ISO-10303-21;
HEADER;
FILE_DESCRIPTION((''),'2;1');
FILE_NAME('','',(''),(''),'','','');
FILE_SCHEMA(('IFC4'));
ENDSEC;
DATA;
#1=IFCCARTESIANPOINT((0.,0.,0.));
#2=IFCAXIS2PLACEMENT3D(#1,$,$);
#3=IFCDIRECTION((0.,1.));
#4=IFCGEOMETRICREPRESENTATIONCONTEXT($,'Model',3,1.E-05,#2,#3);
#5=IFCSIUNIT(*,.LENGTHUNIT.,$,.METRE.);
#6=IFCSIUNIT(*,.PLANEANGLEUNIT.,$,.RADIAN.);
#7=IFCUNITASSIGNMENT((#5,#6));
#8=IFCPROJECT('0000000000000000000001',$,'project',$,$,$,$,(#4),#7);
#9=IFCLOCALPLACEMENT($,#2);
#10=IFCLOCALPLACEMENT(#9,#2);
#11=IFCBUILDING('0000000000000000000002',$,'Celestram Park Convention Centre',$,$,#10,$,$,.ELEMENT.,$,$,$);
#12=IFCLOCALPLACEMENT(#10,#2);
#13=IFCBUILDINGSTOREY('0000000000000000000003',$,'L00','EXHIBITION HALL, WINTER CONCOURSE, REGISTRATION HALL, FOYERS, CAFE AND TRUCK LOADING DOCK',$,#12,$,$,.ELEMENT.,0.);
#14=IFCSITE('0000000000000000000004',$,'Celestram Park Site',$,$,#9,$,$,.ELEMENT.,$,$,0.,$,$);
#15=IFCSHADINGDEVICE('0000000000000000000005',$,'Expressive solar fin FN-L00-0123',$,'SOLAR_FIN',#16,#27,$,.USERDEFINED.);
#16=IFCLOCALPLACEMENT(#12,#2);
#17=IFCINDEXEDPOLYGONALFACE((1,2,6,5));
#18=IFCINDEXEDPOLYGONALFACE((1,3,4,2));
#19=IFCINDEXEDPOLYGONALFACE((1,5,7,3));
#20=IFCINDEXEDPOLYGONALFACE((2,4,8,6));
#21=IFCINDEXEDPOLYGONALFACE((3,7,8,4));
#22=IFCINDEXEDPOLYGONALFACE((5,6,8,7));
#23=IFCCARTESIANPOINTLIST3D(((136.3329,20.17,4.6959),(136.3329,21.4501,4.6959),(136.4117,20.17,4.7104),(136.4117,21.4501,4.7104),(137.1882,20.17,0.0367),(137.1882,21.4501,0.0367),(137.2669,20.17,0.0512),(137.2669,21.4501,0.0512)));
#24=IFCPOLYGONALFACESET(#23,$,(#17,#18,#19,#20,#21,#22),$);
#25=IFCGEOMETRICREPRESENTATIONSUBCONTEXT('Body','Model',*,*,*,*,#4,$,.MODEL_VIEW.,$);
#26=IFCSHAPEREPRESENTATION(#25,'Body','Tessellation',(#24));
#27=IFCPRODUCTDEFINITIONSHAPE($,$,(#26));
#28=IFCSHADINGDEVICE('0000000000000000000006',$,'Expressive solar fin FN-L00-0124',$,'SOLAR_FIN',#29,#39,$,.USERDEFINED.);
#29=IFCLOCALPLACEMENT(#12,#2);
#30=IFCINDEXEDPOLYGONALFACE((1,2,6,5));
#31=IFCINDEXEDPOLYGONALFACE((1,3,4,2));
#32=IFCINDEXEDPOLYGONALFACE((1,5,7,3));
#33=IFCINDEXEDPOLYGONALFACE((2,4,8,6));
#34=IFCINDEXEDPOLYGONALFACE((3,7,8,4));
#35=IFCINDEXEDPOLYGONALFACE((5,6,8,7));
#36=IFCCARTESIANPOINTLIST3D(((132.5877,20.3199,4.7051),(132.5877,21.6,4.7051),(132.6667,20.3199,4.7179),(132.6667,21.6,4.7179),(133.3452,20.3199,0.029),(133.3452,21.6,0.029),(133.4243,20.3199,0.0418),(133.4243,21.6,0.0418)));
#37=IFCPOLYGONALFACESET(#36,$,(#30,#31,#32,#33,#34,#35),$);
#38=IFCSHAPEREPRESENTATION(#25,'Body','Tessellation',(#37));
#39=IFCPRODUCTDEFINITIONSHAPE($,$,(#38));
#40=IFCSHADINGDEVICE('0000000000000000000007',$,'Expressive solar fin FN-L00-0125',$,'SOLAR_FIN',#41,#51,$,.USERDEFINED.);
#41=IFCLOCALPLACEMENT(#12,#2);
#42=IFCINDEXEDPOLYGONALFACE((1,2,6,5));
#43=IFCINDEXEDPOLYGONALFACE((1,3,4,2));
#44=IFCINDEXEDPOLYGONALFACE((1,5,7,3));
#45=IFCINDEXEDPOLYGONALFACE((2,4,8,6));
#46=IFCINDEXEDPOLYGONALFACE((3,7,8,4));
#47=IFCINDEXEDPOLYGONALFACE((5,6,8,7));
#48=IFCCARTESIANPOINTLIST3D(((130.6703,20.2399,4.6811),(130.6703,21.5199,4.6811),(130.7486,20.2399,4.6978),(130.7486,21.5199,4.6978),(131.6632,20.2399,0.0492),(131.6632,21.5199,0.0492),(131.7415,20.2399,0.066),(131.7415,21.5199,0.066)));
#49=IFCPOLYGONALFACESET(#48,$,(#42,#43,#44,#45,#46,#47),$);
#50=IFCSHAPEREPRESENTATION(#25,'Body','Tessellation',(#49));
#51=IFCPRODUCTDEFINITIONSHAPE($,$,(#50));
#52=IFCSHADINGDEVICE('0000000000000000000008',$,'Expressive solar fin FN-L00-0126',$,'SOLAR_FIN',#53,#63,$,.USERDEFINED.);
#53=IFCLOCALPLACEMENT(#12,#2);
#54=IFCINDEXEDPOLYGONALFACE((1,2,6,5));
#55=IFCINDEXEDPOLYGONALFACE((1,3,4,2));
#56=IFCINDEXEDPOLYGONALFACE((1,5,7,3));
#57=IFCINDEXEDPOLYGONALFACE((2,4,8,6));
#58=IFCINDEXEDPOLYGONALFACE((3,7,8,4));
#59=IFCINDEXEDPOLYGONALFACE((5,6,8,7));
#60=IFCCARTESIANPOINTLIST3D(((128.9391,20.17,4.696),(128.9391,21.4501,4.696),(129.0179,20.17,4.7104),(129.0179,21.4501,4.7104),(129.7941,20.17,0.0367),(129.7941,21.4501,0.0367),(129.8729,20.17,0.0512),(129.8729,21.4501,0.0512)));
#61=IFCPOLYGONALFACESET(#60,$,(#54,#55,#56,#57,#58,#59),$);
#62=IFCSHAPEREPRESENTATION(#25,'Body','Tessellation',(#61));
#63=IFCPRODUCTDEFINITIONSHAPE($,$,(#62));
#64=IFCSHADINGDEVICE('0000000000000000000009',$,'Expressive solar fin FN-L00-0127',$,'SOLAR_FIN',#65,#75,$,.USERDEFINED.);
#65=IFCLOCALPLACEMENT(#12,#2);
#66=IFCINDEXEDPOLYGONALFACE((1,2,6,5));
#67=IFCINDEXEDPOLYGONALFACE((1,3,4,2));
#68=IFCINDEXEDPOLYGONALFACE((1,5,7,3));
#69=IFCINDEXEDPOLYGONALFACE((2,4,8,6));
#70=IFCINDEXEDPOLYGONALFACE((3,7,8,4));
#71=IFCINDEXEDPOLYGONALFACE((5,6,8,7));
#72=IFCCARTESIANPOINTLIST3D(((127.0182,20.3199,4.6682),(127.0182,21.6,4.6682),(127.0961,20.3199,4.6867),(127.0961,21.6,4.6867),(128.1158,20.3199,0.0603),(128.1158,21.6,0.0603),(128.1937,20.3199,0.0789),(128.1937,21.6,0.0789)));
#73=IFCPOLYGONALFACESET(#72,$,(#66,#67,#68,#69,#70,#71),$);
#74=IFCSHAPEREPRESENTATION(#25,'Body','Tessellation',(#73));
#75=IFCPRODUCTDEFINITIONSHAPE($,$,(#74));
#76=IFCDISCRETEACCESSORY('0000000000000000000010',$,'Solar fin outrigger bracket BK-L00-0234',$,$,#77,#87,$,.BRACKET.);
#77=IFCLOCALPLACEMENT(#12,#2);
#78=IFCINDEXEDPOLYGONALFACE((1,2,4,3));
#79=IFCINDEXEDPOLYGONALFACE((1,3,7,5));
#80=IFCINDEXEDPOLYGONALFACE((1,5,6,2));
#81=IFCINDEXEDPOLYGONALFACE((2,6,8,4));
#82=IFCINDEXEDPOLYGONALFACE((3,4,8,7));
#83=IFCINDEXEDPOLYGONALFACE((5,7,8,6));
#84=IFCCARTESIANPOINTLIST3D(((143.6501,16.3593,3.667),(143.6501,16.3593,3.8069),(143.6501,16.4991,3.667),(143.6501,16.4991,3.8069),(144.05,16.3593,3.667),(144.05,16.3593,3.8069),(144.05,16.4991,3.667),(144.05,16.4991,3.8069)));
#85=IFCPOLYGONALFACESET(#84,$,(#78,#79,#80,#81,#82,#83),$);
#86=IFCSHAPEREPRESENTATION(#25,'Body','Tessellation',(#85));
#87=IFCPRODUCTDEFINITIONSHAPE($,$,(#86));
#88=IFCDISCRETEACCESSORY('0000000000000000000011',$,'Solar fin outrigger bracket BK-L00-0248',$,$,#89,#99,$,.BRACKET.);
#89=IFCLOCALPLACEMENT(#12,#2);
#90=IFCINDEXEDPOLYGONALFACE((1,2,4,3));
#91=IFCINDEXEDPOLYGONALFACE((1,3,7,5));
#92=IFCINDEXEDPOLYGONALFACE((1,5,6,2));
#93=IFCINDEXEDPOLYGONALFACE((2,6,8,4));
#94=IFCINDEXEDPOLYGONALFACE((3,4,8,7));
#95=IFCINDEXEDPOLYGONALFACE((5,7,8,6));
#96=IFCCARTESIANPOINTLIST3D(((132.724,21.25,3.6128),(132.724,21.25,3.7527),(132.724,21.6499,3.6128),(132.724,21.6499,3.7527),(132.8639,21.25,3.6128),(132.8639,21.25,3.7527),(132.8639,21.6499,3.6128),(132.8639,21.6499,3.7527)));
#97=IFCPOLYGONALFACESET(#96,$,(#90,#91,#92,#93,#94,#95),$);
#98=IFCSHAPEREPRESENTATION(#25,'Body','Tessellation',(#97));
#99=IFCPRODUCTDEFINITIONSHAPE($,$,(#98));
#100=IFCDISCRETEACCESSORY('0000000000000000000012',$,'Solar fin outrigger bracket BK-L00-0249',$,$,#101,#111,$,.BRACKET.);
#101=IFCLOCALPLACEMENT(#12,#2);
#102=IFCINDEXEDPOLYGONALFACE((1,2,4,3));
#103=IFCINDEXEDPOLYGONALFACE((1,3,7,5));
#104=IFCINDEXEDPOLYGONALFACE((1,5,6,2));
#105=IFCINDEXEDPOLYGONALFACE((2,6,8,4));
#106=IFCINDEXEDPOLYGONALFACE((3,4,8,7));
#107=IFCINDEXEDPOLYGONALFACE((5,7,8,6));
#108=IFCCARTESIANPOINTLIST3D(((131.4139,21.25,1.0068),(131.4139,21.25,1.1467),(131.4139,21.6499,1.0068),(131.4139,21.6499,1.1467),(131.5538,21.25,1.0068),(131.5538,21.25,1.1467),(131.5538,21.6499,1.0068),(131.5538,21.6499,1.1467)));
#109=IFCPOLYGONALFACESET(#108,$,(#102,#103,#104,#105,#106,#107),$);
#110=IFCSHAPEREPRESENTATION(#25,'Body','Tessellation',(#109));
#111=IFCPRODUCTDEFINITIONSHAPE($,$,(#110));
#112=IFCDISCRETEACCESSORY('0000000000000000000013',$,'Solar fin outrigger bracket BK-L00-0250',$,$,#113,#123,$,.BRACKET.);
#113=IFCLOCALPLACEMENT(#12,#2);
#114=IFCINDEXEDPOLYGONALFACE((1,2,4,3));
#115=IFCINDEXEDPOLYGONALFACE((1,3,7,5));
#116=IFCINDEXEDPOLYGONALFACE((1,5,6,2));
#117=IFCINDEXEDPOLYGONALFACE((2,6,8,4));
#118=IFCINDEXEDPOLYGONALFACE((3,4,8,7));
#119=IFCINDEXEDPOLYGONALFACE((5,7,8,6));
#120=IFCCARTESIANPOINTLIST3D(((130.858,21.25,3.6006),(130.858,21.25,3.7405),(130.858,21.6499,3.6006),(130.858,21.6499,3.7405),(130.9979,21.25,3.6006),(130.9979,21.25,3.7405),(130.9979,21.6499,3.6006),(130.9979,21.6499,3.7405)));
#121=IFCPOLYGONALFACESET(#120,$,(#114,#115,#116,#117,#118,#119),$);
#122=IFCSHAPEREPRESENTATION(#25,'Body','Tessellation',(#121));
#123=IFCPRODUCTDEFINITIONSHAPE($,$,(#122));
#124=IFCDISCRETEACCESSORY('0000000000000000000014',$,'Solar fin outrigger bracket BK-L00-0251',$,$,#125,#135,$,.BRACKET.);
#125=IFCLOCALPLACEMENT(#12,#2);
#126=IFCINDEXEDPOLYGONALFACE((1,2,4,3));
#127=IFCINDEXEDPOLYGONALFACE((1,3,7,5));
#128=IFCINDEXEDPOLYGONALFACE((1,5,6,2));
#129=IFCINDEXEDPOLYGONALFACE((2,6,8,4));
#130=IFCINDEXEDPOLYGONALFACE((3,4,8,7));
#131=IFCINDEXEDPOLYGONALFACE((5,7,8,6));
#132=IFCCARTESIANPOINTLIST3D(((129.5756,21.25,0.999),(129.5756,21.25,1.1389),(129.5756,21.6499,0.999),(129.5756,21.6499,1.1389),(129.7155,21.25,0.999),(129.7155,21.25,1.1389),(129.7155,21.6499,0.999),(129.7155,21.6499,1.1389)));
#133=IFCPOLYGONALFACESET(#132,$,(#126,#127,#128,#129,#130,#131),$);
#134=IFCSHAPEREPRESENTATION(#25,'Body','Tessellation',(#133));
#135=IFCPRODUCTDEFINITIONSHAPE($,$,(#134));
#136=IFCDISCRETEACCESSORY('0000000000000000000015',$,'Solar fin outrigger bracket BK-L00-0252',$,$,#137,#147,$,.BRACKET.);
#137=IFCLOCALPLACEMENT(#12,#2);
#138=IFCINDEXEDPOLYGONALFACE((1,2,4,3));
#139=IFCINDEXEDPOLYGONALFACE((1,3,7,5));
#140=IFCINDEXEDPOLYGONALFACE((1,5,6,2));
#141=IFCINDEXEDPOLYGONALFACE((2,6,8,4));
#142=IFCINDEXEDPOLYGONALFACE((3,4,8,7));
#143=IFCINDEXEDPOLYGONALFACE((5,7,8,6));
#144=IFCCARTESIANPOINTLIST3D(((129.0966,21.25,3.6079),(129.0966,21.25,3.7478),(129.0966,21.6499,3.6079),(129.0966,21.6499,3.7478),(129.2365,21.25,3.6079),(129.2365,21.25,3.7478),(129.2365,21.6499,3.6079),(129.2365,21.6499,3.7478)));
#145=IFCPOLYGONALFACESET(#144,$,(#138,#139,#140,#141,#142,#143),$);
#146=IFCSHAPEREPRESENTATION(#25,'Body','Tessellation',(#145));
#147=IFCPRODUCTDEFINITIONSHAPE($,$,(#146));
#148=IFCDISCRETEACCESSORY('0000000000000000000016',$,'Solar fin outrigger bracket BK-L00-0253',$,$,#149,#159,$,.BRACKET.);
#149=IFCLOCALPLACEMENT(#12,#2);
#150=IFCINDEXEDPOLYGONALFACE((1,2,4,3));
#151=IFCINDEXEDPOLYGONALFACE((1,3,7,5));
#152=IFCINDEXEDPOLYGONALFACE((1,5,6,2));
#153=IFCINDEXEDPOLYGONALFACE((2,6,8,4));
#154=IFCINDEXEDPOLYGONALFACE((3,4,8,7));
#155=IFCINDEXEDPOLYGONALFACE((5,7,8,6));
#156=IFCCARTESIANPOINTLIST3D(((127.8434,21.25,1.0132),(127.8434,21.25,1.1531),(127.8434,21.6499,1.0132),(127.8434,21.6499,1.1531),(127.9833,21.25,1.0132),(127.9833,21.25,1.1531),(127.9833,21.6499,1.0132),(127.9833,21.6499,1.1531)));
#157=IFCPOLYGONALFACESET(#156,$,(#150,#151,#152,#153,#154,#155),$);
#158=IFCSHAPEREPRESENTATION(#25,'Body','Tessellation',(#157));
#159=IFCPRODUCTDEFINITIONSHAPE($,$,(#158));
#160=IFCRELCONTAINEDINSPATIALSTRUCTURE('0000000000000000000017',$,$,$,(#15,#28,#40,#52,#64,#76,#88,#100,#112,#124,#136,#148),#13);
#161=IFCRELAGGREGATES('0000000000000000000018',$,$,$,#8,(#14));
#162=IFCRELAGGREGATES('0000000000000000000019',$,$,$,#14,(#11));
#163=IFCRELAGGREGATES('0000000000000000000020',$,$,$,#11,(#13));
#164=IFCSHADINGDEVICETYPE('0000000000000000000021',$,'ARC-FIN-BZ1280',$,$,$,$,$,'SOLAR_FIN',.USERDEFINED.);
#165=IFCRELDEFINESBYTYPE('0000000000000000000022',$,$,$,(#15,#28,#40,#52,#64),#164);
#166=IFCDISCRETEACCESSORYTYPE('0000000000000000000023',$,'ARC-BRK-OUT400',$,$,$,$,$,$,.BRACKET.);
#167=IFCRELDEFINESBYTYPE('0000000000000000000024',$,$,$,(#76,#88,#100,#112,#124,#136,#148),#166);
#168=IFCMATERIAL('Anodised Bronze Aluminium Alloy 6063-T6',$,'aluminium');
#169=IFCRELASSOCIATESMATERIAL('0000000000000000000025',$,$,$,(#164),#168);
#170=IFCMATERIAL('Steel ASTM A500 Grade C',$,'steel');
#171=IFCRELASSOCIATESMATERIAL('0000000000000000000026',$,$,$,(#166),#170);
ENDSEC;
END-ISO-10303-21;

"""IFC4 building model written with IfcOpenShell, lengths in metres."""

from ifc_helpers import new_model, si_unit, direction, frame, origin, origin_2d, place, context, subcontext, project, spatial, rectangle, extrude, material, material_profile, profile_set, type_object, element, save


model = new_model("IFC4")

# Units and contexts
model_context = context("Model", 3, precision=1e-05, world=origin(), true_north=direction((0.0, 1.0)))
body_context = subcontext(model_context, "Body", "Model", "MODEL_VIEW")
ifc_project = project(units=[si_unit("LENGTHUNIT", "METRE"), si_unit("PLANEANGLEUNIT", "RADIAN")], contexts=[model_context])

# Site, building, storey
site_placement = place(None, origin())
site = spatial("IfcSite", under=ifc_project, at=site_placement, Name="Celestram Park Site", CompositionType="ELEMENT", RefElevation=0.0)
building_placement = place(site_placement, origin())
building = spatial("IfcBuilding", under=site, at=building_placement, Name="Celestram Park Convention Centre", CompositionType="ELEMENT")
storey_placement = place(building_placement, origin())
storey = spatial("IfcBuildingStorey", under=building, at=storey_placement, Name="L00", Description="EXHIBITION HALL, WINTER CONCOURSE, REGISTRATION HALL, FOYERS, CAFE AND TRUCK LOADING DOCK", CompositionType="ELEMENT", Elevation=0.0)

# Shading devices
ifc_material_1 = material(Name="Anodised Bronze Aluminium Alloy 6063-T6", Category="aluminium")
ifc_material_profile_1 = material_profile(ifc_material_1, rectangle(XDim=1.28, YDim=0.0801, at=origin_2d()), Name="FIN1280X80")
ifc_profile_set_1 = profile_set([ifc_material_profile_1], Name="Anodised Bronze Aluminium Alloy 6063-T6")
shading_device_type = type_object("IfcShadingDeviceType", Name="ARC-FIN-BZ1280", ElementType="SOLAR_FIN", PredefinedType="USERDEFINED", material=ifc_profile_set_1)
for number, where, z_axis, x_axis, name in (
    (1, (137.2275, 20.8101, 0.0439), (-0.180541, 0.0, 0.983568), (0.0, -1.0, 0.0), "Expressive solar fin FN-L00-0123"),
    (2, (133.3848, 20.96, 0.0354), (-0.159926, 0.0, 0.987129), (0.0, -1.0, 0.0), "Expressive solar fin FN-L00-0124"),
    (3, (131.7024, 20.8799, 0.0576), (-0.209607, 0.0, 0.977786), (0.0, -1.0, 0.0), "Expressive solar fin FN-L00-0125"),
    (4, (129.8335, 20.8101, 0.0439), (-0.180491, 0.0, 0.983577), (0.0, -1.0, 0.0), "Expressive solar fin FN-L00-0126"),
):
    element("IfcShadingDevice", number, at=place(storey_placement, frame(where, z_axis=z_axis, x_axis=x_axis)), inside=storey, type_object=shading_device_type, Name=name, ObjectType="SOLAR_FIN", PredefinedType="USERDEFINED", context=body_context, shape_type="SweptSolid", body=[
        extrude(rectangle(XDim=1.28, YDim=0.0801, at=origin_2d()), origin(), (0.0, 0.0, 1.0), 4.7371),
    ])
shading_device_1_placement = place(storey_placement, frame((128.1548, 20.96, 0.0696), z_axis=(-0.231727, 0.0, 0.972781), x_axis=(0.0, -1.0, 0.0)))
element("IfcShadingDevice", 5, at=shading_device_1_placement, inside=storey, type_object=shading_device_type, Name="Expressive solar fin FN-L00-0127", ObjectType="SOLAR_FIN", PredefinedType="USERDEFINED", context=body_context, shape_type="SweptSolid", body=[
    extrude(rectangle(XDim=1.28, YDim=0.0801, at=origin_2d()), origin(), (0.0, 0.0, 1.0), 4.7368),
])

# Discrete accessories
ifc_material_2 = material(Name="Steel ASTM A500 Grade C", Category="steel")
discrete_accessory_type = type_object("IfcDiscreteAccessoryType", Name="ARC-BRK-OUT400", PredefinedType="BRACKET", material=ifc_material_2)
for number, where, z_axis, x_axis, name in (
    (6, (143.8501, 16.4292, 3.667), (0.0, 0.0, 1.0), (-1.0, 0.0, 0.0), "Solar fin outrigger bracket BK-L00-0234"),
    (7, (132.7939, 21.45, 3.6128), (0.0, 0.0, 1.0), (0.0, -1.0, 0.0), "Solar fin outrigger bracket BK-L00-0248"),
    (8, (131.4839, 21.45, 1.0068), (0.0, 0.0, 1.0), (0.0, -1.0, 0.0), "Solar fin outrigger bracket BK-L00-0249"),
    (9, (130.928, 21.45, 3.6006), (0.0, 0.0, 1.0), (0.0, -1.0, 0.0), "Solar fin outrigger bracket BK-L00-0250"),
    (10, (129.6455, 21.45, 0.999), (0.0, 0.0, 1.0), (0.0, -1.0, 0.0), "Solar fin outrigger bracket BK-L00-0251"),
    (11, (129.1665, 21.45, 3.6079), (0.0, 0.0, 1.0), (0.0, -1.0, 0.0), "Solar fin outrigger bracket BK-L00-0252"),
    (12, (127.9133, 21.45, 1.0132), (0.0, 0.0, 1.0), (0.0, -1.0, 0.0), "Solar fin outrigger bracket BK-L00-0253"),
):
    element("IfcDiscreteAccessory", number, at=place(storey_placement, frame(where, z_axis=z_axis, x_axis=x_axis)), inside=storey, type_object=discrete_accessory_type, Name=name, PredefinedType="BRACKET", context=body_context, shape_type="SweptSolid", body=[
        extrude(rectangle(XDim=0.3999, YDim=0.1399, at=origin_2d()), origin(), (0.0, 0.0, 1.0), 0.1399),
    ])

save(model, "model.ifc")
